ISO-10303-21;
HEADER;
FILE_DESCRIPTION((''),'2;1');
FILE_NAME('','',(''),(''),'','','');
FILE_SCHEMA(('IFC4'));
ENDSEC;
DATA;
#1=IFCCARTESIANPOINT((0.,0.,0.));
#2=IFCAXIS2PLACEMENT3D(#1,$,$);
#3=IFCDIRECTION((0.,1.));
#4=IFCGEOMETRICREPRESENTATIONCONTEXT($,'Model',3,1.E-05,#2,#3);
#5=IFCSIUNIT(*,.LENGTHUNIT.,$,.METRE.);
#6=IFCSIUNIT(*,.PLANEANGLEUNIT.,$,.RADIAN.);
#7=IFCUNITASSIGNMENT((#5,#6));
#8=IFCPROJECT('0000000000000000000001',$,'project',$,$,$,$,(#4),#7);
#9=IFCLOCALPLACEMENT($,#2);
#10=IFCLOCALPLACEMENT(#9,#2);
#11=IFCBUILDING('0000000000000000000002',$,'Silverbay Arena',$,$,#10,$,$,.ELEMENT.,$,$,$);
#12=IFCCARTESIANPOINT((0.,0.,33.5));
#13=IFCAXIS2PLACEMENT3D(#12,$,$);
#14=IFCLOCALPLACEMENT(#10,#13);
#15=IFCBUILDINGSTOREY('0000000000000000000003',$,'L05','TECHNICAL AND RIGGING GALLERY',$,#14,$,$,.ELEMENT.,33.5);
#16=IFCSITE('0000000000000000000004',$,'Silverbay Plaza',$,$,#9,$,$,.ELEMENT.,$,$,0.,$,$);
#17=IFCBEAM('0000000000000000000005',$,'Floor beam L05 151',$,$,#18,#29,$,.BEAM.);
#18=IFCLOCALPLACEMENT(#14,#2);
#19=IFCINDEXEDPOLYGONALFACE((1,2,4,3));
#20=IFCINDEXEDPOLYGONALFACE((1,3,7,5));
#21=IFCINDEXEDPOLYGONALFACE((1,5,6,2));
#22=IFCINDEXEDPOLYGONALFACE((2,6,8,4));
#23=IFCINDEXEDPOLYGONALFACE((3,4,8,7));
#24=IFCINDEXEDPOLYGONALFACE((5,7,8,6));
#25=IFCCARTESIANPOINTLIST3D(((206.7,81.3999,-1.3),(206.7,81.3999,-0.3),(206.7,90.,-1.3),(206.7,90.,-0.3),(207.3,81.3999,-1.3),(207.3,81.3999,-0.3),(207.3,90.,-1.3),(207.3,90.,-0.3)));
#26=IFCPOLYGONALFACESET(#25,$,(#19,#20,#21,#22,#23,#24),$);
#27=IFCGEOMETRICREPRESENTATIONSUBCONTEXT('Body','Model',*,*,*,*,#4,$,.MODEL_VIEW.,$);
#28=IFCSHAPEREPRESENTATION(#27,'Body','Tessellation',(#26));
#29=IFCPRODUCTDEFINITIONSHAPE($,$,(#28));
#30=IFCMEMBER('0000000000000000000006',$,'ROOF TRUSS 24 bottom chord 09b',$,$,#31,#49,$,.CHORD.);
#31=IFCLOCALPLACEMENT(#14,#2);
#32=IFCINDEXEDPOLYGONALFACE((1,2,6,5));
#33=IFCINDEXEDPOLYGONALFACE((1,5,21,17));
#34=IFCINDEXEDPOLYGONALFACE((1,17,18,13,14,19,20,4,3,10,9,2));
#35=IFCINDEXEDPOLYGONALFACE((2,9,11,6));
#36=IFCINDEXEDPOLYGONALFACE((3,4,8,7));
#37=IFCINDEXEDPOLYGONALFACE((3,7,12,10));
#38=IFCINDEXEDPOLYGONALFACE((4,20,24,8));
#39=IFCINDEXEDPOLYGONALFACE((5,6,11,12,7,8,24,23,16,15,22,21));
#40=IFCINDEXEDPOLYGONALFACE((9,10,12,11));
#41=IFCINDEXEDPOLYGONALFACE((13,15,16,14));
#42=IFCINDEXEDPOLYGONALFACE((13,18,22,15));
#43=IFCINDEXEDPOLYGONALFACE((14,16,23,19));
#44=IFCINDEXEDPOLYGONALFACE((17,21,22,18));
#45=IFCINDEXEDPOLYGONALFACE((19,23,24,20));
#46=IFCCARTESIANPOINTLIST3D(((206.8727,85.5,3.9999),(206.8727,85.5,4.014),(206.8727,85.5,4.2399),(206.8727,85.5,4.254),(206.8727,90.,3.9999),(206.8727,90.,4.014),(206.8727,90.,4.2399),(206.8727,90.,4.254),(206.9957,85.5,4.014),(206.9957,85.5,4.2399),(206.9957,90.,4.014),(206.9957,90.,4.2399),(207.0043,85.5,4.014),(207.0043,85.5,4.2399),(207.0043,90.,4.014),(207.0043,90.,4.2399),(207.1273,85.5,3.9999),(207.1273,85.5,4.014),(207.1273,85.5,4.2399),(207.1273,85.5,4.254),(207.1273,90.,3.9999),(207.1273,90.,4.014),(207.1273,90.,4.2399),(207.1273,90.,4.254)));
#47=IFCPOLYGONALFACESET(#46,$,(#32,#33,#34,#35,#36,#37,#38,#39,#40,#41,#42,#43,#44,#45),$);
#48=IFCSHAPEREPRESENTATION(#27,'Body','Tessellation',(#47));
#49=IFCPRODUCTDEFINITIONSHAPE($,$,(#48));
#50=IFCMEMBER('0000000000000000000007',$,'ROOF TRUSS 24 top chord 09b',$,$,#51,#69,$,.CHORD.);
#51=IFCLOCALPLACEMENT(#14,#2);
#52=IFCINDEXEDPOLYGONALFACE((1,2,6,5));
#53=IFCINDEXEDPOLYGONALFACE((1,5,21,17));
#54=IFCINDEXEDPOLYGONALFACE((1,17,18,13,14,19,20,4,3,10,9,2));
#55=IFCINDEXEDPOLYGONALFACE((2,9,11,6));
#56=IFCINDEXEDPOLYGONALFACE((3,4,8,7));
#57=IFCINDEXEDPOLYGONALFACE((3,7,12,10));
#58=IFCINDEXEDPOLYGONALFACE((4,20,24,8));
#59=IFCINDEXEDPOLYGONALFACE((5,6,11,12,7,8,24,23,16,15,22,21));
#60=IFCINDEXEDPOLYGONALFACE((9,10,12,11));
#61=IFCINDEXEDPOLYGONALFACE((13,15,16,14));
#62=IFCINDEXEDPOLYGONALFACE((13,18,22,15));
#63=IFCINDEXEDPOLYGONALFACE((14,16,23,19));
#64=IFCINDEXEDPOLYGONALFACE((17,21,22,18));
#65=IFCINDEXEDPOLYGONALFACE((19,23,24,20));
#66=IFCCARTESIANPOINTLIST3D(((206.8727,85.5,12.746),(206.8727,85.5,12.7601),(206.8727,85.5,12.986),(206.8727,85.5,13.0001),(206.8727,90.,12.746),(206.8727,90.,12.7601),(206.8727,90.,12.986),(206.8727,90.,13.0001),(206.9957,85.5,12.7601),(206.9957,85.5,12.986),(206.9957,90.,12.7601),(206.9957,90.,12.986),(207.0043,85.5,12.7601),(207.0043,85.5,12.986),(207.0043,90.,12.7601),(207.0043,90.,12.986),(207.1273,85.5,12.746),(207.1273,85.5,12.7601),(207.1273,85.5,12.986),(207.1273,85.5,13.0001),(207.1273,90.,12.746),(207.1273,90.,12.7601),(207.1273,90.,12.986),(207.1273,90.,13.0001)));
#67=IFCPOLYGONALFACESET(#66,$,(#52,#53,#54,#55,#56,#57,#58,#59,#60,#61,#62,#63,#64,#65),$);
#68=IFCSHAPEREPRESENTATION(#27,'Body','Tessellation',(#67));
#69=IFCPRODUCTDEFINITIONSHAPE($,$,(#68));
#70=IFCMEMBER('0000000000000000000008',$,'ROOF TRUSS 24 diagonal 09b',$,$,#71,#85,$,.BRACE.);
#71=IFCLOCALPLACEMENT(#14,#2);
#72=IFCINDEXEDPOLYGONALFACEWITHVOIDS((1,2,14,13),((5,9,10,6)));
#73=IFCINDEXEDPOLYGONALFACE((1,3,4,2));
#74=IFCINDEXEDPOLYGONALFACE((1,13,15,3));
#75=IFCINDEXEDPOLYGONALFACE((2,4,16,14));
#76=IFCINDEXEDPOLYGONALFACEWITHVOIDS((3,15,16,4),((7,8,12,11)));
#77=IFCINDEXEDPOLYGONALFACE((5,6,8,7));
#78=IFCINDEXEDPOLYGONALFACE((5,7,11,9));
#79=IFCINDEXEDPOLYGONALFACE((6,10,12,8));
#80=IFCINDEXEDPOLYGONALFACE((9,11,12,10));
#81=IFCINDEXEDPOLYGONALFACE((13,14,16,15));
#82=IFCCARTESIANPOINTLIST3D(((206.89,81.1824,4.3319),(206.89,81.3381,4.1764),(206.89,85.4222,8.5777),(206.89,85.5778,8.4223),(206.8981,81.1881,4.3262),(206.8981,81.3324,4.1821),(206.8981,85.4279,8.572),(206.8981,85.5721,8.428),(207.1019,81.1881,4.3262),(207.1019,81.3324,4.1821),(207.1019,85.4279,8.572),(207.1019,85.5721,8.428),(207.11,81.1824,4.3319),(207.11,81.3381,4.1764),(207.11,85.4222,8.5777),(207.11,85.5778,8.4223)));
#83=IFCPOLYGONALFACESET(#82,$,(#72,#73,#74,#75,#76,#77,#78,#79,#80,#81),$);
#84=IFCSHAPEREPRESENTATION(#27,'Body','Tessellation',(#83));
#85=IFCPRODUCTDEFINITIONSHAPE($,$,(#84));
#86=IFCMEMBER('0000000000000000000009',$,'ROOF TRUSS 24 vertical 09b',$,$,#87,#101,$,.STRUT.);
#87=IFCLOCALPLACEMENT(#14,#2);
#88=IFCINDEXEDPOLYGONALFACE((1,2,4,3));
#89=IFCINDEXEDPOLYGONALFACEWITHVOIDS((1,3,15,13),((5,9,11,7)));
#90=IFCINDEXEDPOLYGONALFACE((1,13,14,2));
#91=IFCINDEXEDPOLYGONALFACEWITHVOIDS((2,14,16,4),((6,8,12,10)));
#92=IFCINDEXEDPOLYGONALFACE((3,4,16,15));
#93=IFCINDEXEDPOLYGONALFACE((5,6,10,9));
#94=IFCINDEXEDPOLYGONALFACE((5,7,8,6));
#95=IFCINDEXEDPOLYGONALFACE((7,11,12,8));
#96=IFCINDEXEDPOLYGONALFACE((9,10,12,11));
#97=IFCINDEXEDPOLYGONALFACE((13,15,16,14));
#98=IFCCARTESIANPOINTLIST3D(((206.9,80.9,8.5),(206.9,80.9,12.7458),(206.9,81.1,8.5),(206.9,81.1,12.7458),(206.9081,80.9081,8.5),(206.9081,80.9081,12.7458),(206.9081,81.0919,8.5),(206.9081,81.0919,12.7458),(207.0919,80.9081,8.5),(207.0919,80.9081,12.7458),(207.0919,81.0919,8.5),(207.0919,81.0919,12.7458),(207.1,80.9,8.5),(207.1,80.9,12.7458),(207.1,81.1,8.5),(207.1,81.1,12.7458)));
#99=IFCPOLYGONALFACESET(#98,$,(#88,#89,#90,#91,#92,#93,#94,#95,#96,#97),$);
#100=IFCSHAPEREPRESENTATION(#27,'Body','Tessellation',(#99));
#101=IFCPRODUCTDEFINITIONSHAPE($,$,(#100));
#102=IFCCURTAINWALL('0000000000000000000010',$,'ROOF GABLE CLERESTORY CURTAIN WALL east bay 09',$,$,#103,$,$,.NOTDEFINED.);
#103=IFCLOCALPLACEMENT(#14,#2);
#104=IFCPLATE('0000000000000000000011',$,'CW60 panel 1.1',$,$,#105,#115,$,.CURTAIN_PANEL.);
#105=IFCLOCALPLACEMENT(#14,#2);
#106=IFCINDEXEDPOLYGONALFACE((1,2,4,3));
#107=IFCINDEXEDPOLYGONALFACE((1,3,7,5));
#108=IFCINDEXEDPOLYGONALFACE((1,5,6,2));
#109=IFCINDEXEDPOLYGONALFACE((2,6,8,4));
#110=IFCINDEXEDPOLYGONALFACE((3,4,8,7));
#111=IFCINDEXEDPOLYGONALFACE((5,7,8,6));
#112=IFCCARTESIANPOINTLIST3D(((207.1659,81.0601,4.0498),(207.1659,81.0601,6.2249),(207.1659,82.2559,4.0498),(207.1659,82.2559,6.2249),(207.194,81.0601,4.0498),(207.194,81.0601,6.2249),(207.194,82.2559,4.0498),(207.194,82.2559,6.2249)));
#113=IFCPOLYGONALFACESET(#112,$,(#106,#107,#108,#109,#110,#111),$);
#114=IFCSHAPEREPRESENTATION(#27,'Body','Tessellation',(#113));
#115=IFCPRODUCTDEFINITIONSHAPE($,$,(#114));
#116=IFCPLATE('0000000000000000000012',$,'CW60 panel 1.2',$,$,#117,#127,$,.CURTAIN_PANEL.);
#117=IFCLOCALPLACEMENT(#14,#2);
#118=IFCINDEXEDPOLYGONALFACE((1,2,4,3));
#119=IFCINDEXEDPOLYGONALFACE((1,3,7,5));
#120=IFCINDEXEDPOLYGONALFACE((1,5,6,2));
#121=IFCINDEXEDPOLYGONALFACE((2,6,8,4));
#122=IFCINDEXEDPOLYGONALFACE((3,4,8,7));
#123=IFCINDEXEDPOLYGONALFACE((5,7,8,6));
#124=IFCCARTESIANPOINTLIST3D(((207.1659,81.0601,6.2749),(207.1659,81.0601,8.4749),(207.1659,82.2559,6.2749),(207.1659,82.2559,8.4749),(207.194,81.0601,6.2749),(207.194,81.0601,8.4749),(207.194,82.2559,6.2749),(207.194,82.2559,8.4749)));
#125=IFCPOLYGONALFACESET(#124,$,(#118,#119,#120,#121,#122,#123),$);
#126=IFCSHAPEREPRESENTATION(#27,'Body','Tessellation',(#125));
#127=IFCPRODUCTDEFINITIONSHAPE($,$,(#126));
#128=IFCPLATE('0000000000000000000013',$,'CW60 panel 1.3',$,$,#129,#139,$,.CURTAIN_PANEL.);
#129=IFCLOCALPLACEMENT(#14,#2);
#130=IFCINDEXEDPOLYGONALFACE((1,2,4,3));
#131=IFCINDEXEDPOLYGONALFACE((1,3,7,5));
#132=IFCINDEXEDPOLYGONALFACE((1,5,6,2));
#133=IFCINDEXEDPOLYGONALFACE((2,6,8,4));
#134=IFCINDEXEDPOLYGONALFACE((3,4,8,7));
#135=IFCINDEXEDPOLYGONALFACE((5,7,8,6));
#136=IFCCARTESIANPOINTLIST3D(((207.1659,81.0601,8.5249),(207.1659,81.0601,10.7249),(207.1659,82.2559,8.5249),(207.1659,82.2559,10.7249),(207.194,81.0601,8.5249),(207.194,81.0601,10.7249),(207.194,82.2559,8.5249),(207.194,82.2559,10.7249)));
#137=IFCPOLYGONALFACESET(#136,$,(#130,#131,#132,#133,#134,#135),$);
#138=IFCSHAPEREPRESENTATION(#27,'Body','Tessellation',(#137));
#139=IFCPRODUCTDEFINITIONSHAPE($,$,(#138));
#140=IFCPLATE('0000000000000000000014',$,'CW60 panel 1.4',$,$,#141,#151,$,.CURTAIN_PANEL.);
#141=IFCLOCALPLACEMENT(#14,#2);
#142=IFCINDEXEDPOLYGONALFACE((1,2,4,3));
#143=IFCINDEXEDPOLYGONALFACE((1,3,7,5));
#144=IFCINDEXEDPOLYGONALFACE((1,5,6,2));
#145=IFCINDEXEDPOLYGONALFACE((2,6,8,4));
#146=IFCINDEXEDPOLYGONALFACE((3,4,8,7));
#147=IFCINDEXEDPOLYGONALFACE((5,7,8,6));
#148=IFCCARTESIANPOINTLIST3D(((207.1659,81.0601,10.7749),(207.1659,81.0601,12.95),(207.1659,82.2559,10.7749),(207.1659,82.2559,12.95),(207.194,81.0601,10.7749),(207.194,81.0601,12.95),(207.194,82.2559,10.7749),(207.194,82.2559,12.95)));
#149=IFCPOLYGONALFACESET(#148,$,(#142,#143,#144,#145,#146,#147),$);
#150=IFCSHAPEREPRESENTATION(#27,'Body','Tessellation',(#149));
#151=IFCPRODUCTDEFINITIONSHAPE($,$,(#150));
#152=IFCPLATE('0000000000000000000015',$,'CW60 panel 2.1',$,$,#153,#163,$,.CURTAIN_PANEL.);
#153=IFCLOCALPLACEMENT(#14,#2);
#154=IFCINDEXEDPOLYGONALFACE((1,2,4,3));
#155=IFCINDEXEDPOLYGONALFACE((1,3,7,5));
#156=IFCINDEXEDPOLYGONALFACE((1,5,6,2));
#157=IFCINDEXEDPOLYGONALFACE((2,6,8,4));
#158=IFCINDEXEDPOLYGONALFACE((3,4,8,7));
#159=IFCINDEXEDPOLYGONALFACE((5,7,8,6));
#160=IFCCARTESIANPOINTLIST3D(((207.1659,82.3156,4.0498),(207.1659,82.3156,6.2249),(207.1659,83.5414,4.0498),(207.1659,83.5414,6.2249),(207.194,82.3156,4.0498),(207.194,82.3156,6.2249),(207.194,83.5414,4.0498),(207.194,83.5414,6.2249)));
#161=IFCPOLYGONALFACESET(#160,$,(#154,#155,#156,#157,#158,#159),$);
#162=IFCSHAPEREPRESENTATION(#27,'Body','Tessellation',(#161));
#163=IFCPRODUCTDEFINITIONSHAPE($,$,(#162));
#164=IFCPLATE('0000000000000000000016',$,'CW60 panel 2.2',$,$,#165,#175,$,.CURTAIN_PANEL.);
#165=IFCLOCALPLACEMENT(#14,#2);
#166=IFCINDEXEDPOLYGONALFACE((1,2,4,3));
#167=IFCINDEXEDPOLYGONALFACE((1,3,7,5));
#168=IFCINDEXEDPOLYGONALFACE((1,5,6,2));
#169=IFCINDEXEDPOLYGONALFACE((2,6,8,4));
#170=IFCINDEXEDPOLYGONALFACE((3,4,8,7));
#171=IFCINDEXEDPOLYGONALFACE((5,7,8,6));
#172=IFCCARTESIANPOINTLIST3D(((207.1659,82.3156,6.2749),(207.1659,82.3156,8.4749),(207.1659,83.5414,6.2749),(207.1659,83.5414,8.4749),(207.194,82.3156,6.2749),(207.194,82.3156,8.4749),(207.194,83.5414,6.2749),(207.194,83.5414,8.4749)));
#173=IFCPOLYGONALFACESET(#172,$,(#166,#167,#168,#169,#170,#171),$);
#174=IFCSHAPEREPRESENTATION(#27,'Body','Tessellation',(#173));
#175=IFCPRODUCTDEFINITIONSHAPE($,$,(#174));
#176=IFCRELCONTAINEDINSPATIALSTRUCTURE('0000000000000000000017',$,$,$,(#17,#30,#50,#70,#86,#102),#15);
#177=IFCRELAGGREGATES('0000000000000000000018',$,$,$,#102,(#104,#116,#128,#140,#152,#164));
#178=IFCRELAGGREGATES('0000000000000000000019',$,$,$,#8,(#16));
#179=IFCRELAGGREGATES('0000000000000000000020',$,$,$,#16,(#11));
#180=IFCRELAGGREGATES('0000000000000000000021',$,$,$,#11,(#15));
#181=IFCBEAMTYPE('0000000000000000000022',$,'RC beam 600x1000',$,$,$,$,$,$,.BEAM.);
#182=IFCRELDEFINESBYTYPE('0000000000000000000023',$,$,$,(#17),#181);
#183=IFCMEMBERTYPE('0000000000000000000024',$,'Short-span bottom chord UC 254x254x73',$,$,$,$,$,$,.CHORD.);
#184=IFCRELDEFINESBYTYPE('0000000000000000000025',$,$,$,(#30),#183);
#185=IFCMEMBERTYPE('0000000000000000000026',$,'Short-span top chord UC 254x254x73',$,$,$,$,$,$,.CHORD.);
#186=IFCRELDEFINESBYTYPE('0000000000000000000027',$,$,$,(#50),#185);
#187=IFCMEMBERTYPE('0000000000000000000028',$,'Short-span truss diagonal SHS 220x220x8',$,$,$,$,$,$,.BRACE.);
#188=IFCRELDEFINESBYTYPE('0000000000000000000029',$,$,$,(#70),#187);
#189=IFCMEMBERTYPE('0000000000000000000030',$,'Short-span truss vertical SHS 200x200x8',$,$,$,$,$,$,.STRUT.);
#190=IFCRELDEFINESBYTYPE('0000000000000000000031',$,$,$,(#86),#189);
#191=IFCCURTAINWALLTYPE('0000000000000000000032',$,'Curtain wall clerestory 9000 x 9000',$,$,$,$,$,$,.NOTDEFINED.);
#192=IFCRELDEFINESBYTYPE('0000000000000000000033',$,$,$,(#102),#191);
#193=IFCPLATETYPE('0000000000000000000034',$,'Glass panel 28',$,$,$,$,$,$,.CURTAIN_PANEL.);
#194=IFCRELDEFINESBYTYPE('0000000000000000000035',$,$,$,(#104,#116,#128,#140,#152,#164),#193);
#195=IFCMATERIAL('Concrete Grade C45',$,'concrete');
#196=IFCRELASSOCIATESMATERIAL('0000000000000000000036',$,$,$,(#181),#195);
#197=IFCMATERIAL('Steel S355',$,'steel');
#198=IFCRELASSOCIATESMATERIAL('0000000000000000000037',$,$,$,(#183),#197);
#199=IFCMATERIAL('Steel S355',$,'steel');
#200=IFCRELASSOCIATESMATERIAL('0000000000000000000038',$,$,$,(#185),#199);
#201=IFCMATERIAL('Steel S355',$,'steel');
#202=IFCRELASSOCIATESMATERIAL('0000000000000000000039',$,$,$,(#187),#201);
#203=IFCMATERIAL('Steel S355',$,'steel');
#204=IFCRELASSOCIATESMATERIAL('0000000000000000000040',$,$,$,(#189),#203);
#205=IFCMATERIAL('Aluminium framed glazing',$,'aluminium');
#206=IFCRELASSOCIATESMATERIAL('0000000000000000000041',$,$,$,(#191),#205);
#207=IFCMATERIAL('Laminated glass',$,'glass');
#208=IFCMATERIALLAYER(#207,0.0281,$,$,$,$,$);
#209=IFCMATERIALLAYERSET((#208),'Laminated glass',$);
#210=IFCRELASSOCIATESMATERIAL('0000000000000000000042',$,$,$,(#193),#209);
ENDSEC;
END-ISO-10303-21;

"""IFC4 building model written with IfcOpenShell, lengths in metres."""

from ifc_helpers import new_model, si_unit, direction, frame, origin, origin_2d, place, context, subcontext, project, spatial, rectangle, hollow_rectangle, i_section, extrude, material, layer, layer_set, material_profile, profile_set, type_object, element, aggregate, save


model = new_model("IFC4")

# Units and contexts
model_context = context("Model", 3, precision=1e-05, world=origin(), true_north=direction((0.0, 1.0)))
body_context = subcontext(model_context, "Body", "Model", "MODEL_VIEW")
ifc_project = project(units=[si_unit("LENGTHUNIT", "METRE"), si_unit("PLANEANGLEUNIT", "RADIAN")], contexts=[model_context])

# Site, building, storey
site_placement = place(None, origin())
site = spatial("IfcSite", under=ifc_project, at=site_placement, Name="Silverbay Plaza", CompositionType="ELEMENT", RefElevation=0.0)
building_placement = place(site_placement, origin())
building = spatial("IfcBuilding", under=site, at=building_placement, Name="Silverbay Arena", CompositionType="ELEMENT")
storey_placement = place(building_placement, frame((0.0, 0.0, 33.5)))
storey = spatial("IfcBuildingStorey", under=building, at=storey_placement, Name="L05", Description="TECHNICAL AND RIGGING GALLERY", CompositionType="ELEMENT", Elevation=33.5)

# Beam
ifc_material_1 = material(Name="Concrete Grade C45", Category="concrete")
ifc_material_profile_1 = material_profile(ifc_material_1, rectangle(XDim=0.6001, YDim=1.0, at=origin_2d()), Name="RC 600x1000")
ifc_profile_set_1 = profile_set([ifc_material_profile_1], Name="Concrete Grade C45")
beam_type = type_object("IfcBeamType", Name="RC beam 600x1000", PredefinedType="BEAM", material=ifc_profile_set_1)
beam_placement = place(storey_placement, frame((207.0, 81.3999, -0.8), z_axis=(0.0, 1.0, 0.0), x_axis=(-1.0, 0.0, 0.0)))
element("IfcBeam", 1, at=beam_placement, inside=storey, type_object=beam_type, Name="Floor beam L05 151", PredefinedType="BEAM", context=body_context, shape_type="SweptSolid", body=[
    extrude(rectangle(XDim=0.6001, YDim=1.0, at=origin_2d()), origin(), (0.0, 0.0, 1.0), 8.6001),
])

# Members
ifc_material_2 = material(Name="Steel S355", Category="steel")
ifc_material_profile_2 = material_profile(ifc_material_2, i_section(OverallWidth=0.2546, OverallDepth=0.2542, WebThickness=0.0085, FlangeThickness=0.0142, at=origin_2d()), Name="UC 254x254x73")
ifc_profile_set_2 = profile_set([ifc_material_profile_2], Name="Steel S355")
member_type_1 = type_object("IfcMemberType", Name="Short-span bottom chord UC 254x254x73", PredefinedType="CHORD", material=ifc_profile_set_2)
member_1_placement = place(storey_placement, frame((207.0, 85.5, 4.127), z_axis=(0.0, 1.0, 0.0), x_axis=(-1.0, 0.0, 0.0)))
element("IfcMember", 2, at=member_1_placement, inside=storey, type_object=member_type_1, Name="ROOF TRUSS 24 bottom chord 09b", PredefinedType="CHORD", context=body_context, shape_type="SweptSolid", body=[
    extrude(i_section(OverallWidth=0.2546, OverallDepth=0.2542, WebThickness=0.0085, FlangeThickness=0.0142, at=origin_2d()), origin(), (0.0, 0.0, 1.0), 4.5),
])
ifc_material_3 = material(Name="Steel S355", Category="steel")
ifc_material_profile_3 = material_profile(ifc_material_3, i_section(OverallWidth=0.2546, OverallDepth=0.2542, WebThickness=0.0085, FlangeThickness=0.0142, at=origin_2d()), Name="UC 254x254x73")
ifc_profile_set_3 = profile_set([ifc_material_profile_3], Name="Steel S355")
member_type_2 = type_object("IfcMemberType", Name="Short-span top chord UC 254x254x73", PredefinedType="CHORD", material=ifc_profile_set_3)
member_2_placement = place(storey_placement, frame((207.0, 85.5, 12.873), z_axis=(0.0, 1.0, 0.0), x_axis=(-1.0, 0.0, 0.0)))
element("IfcMember", 3, at=member_2_placement, inside=storey, type_object=member_type_2, Name="ROOF TRUSS 24 top chord 09b", PredefinedType="CHORD", context=body_context, shape_type="SweptSolid", body=[
    extrude(i_section(OverallWidth=0.2546, OverallDepth=0.2542, WebThickness=0.0085, FlangeThickness=0.0142, at=origin_2d()), origin(), (0.0, 0.0, 1.0), 4.5),
])
ifc_material_4 = material(Name="Steel S355", Category="steel")
ifc_material_profile_4 = material_profile(ifc_material_4, hollow_rectangle(XDim=0.22, YDim=0.22, WallThickness=0.0081, at=origin_2d()), Name="SHS 220x220x8")
ifc_profile_set_4 = profile_set([ifc_material_profile_4], Name="Steel S355")
member_type_3 = type_object("IfcMemberType", Name="Short-span truss diagonal SHS 220x220x8", PredefinedType="BRACE", material=ifc_profile_set_4)
member_3_placement = place(storey_placement, frame((207.0, 85.5, 8.5), z_axis=(0.0, -0.706598, -0.707615), x_axis=(1.0, 0.0, 0.0)))
element("IfcMember", 4, at=member_3_placement, inside=storey, type_object=member_type_3, Name="ROOF TRUSS 24 diagonal 09b", PredefinedType="BRACE", context=body_context, shape_type="SweptSolid", body=[
    extrude(hollow_rectangle(XDim=0.22, YDim=0.22, WallThickness=0.0081, at=origin_2d()), origin(), (0.0, 0.0, 1.0), 6.0002),
])
ifc_material_5 = material(Name="Steel S355", Category="steel")
ifc_material_profile_5 = material_profile(ifc_material_5, hollow_rectangle(XDim=0.2, YDim=0.2, WallThickness=0.0081, at=origin_2d()), Name="SHS 200x200x8")
ifc_profile_set_5 = profile_set([ifc_material_profile_5], Name="Steel S355")
member_type_4 = type_object("IfcMemberType", Name="Short-span truss vertical SHS 200x200x8", PredefinedType="STRUT", material=ifc_profile_set_5)
member_4_placement = place(storey_placement, frame((207.0, 81.0, 8.5), z_axis=(0.0, 0.0, 1.0), x_axis=(1.0, 0.0, 0.0)))
element("IfcMember", 5, at=member_4_placement, inside=storey, type_object=member_type_4, Name="ROOF TRUSS 24 vertical 09b", PredefinedType="STRUT", context=body_context, shape_type="SweptSolid", body=[
    extrude(hollow_rectangle(XDim=0.2, YDim=0.2, WallThickness=0.0081, at=origin_2d()), origin(), (0.0, 0.0, 1.0), 4.2458),
])

# Curtain wall, plates
ifc_material_6 = material(Name="Aluminium framed glazing", Category="aluminium")
curtain_wall_type = type_object("IfcCurtainWallType", Name="Curtain wall clerestory 9000 x 9000", PredefinedType="NOTDEFINED", material=ifc_material_6)
curtain_wall_placement = place(storey_placement, origin())
curtain_wall = element("IfcCurtainWall", 6, at=curtain_wall_placement, inside=storey, type_object=curtain_wall_type, Name="ROOF GABLE CLERESTORY CURTAIN WALL east bay 09", PredefinedType="NOTDEFINED")
ifc_material_7 = material(Name="Laminated glass", Category="glass")
ifc_layer = layer(ifc_material_7, 0.0281)
ifc_layer_set = layer_set([ifc_layer], Name="Laminated glass")
plate_type = type_object("IfcPlateType", Name="Glass panel 28", PredefinedType="CURTAIN_PANEL", material=ifc_layer_set)
plate_1_placement = place(storey_placement, frame((207.1799, 81.658, 4.0498), z_axis=(0.0, 0.0, 1.0), x_axis=(0.0, 1.0, 0.0)))
plate_1 = element("IfcPlate", 7, at=plate_1_placement, type_object=plate_type, Name="CW60 panel 1.1", PredefinedType="CURTAIN_PANEL", context=body_context, shape_type="SweptSolid", body=[
    extrude(rectangle(XDim=1.1958, YDim=0.0281, at=origin_2d()), origin(), (0.0, 0.0, 1.0), 2.175),
])
plate_2_placement = place(storey_placement, frame((207.1799, 81.658, 6.2749), z_axis=(0.0, 0.0, 1.0), x_axis=(0.0, 1.0, 0.0)))
plate_2 = element("IfcPlate", 8, at=plate_2_placement, type_object=plate_type, Name="CW60 panel 1.2", PredefinedType="CURTAIN_PANEL", context=body_context, shape_type="SweptSolid", body=[
    extrude(rectangle(XDim=1.1958, YDim=0.0281, at=origin_2d()), origin(), (0.0, 0.0, 1.0), 2.2),
])
plate_3_placement = place(storey_placement, frame((207.1799, 81.658, 8.5249), z_axis=(0.0, 0.0, 1.0), x_axis=(0.0, 1.0, 0.0)))
plate_3 = element("IfcPlate", 9, at=plate_3_placement, type_object=plate_type, Name="CW60 panel 1.3", PredefinedType="CURTAIN_PANEL", context=body_context, shape_type="SweptSolid", body=[
    extrude(rectangle(XDim=1.1958, YDim=0.0281, at=origin_2d()), origin(), (0.0, 0.0, 1.0), 2.2),
])
plate_4_placement = place(storey_placement, frame((207.1799, 81.658, 10.7749), z_axis=(0.0, 0.0, 1.0), x_axis=(0.0, 1.0, 0.0)))
plate_4 = element("IfcPlate", 10, at=plate_4_placement, type_object=plate_type, Name="CW60 panel 1.4", PredefinedType="CURTAIN_PANEL", context=body_context, shape_type="SweptSolid", body=[
    extrude(rectangle(XDim=1.1958, YDim=0.0281, at=origin_2d()), origin(), (0.0, 0.0, 1.0), 2.175),
])
plate_5_placement = place(storey_placement, frame((207.1799, 82.9285, 4.0498), z_axis=(0.0, 0.0, 1.0), x_axis=(0.0, 1.0, 0.0)))
plate_5 = element("IfcPlate", 11, at=plate_5_placement, type_object=plate_type, Name="CW60 panel 2.1", PredefinedType="CURTAIN_PANEL", context=body_context, shape_type="SweptSolid", body=[
    extrude(rectangle(XDim=1.2258, YDim=0.0281, at=origin_2d()), origin(), (0.0, 0.0, 1.0), 2.175),
])
plate_6_placement = place(storey_placement, frame((207.1799, 82.9285, 6.2749), z_axis=(0.0, 0.0, 1.0), x_axis=(0.0, 1.0, 0.0)))
plate_6 = element("IfcPlate", 12, at=plate_6_placement, type_object=plate_type, Name="CW60 panel 2.2", PredefinedType="CURTAIN_PANEL", context=body_context, shape_type="SweptSolid", body=[
    extrude(rectangle(XDim=1.2258, YDim=0.0281, at=origin_2d()), origin(), (0.0, 0.0, 1.0), 2.2),
])
aggregate(curtain_wall, [plate_1, plate_2, plate_3, plate_4, plate_5, plate_6])

save(model, "model.ifc")
